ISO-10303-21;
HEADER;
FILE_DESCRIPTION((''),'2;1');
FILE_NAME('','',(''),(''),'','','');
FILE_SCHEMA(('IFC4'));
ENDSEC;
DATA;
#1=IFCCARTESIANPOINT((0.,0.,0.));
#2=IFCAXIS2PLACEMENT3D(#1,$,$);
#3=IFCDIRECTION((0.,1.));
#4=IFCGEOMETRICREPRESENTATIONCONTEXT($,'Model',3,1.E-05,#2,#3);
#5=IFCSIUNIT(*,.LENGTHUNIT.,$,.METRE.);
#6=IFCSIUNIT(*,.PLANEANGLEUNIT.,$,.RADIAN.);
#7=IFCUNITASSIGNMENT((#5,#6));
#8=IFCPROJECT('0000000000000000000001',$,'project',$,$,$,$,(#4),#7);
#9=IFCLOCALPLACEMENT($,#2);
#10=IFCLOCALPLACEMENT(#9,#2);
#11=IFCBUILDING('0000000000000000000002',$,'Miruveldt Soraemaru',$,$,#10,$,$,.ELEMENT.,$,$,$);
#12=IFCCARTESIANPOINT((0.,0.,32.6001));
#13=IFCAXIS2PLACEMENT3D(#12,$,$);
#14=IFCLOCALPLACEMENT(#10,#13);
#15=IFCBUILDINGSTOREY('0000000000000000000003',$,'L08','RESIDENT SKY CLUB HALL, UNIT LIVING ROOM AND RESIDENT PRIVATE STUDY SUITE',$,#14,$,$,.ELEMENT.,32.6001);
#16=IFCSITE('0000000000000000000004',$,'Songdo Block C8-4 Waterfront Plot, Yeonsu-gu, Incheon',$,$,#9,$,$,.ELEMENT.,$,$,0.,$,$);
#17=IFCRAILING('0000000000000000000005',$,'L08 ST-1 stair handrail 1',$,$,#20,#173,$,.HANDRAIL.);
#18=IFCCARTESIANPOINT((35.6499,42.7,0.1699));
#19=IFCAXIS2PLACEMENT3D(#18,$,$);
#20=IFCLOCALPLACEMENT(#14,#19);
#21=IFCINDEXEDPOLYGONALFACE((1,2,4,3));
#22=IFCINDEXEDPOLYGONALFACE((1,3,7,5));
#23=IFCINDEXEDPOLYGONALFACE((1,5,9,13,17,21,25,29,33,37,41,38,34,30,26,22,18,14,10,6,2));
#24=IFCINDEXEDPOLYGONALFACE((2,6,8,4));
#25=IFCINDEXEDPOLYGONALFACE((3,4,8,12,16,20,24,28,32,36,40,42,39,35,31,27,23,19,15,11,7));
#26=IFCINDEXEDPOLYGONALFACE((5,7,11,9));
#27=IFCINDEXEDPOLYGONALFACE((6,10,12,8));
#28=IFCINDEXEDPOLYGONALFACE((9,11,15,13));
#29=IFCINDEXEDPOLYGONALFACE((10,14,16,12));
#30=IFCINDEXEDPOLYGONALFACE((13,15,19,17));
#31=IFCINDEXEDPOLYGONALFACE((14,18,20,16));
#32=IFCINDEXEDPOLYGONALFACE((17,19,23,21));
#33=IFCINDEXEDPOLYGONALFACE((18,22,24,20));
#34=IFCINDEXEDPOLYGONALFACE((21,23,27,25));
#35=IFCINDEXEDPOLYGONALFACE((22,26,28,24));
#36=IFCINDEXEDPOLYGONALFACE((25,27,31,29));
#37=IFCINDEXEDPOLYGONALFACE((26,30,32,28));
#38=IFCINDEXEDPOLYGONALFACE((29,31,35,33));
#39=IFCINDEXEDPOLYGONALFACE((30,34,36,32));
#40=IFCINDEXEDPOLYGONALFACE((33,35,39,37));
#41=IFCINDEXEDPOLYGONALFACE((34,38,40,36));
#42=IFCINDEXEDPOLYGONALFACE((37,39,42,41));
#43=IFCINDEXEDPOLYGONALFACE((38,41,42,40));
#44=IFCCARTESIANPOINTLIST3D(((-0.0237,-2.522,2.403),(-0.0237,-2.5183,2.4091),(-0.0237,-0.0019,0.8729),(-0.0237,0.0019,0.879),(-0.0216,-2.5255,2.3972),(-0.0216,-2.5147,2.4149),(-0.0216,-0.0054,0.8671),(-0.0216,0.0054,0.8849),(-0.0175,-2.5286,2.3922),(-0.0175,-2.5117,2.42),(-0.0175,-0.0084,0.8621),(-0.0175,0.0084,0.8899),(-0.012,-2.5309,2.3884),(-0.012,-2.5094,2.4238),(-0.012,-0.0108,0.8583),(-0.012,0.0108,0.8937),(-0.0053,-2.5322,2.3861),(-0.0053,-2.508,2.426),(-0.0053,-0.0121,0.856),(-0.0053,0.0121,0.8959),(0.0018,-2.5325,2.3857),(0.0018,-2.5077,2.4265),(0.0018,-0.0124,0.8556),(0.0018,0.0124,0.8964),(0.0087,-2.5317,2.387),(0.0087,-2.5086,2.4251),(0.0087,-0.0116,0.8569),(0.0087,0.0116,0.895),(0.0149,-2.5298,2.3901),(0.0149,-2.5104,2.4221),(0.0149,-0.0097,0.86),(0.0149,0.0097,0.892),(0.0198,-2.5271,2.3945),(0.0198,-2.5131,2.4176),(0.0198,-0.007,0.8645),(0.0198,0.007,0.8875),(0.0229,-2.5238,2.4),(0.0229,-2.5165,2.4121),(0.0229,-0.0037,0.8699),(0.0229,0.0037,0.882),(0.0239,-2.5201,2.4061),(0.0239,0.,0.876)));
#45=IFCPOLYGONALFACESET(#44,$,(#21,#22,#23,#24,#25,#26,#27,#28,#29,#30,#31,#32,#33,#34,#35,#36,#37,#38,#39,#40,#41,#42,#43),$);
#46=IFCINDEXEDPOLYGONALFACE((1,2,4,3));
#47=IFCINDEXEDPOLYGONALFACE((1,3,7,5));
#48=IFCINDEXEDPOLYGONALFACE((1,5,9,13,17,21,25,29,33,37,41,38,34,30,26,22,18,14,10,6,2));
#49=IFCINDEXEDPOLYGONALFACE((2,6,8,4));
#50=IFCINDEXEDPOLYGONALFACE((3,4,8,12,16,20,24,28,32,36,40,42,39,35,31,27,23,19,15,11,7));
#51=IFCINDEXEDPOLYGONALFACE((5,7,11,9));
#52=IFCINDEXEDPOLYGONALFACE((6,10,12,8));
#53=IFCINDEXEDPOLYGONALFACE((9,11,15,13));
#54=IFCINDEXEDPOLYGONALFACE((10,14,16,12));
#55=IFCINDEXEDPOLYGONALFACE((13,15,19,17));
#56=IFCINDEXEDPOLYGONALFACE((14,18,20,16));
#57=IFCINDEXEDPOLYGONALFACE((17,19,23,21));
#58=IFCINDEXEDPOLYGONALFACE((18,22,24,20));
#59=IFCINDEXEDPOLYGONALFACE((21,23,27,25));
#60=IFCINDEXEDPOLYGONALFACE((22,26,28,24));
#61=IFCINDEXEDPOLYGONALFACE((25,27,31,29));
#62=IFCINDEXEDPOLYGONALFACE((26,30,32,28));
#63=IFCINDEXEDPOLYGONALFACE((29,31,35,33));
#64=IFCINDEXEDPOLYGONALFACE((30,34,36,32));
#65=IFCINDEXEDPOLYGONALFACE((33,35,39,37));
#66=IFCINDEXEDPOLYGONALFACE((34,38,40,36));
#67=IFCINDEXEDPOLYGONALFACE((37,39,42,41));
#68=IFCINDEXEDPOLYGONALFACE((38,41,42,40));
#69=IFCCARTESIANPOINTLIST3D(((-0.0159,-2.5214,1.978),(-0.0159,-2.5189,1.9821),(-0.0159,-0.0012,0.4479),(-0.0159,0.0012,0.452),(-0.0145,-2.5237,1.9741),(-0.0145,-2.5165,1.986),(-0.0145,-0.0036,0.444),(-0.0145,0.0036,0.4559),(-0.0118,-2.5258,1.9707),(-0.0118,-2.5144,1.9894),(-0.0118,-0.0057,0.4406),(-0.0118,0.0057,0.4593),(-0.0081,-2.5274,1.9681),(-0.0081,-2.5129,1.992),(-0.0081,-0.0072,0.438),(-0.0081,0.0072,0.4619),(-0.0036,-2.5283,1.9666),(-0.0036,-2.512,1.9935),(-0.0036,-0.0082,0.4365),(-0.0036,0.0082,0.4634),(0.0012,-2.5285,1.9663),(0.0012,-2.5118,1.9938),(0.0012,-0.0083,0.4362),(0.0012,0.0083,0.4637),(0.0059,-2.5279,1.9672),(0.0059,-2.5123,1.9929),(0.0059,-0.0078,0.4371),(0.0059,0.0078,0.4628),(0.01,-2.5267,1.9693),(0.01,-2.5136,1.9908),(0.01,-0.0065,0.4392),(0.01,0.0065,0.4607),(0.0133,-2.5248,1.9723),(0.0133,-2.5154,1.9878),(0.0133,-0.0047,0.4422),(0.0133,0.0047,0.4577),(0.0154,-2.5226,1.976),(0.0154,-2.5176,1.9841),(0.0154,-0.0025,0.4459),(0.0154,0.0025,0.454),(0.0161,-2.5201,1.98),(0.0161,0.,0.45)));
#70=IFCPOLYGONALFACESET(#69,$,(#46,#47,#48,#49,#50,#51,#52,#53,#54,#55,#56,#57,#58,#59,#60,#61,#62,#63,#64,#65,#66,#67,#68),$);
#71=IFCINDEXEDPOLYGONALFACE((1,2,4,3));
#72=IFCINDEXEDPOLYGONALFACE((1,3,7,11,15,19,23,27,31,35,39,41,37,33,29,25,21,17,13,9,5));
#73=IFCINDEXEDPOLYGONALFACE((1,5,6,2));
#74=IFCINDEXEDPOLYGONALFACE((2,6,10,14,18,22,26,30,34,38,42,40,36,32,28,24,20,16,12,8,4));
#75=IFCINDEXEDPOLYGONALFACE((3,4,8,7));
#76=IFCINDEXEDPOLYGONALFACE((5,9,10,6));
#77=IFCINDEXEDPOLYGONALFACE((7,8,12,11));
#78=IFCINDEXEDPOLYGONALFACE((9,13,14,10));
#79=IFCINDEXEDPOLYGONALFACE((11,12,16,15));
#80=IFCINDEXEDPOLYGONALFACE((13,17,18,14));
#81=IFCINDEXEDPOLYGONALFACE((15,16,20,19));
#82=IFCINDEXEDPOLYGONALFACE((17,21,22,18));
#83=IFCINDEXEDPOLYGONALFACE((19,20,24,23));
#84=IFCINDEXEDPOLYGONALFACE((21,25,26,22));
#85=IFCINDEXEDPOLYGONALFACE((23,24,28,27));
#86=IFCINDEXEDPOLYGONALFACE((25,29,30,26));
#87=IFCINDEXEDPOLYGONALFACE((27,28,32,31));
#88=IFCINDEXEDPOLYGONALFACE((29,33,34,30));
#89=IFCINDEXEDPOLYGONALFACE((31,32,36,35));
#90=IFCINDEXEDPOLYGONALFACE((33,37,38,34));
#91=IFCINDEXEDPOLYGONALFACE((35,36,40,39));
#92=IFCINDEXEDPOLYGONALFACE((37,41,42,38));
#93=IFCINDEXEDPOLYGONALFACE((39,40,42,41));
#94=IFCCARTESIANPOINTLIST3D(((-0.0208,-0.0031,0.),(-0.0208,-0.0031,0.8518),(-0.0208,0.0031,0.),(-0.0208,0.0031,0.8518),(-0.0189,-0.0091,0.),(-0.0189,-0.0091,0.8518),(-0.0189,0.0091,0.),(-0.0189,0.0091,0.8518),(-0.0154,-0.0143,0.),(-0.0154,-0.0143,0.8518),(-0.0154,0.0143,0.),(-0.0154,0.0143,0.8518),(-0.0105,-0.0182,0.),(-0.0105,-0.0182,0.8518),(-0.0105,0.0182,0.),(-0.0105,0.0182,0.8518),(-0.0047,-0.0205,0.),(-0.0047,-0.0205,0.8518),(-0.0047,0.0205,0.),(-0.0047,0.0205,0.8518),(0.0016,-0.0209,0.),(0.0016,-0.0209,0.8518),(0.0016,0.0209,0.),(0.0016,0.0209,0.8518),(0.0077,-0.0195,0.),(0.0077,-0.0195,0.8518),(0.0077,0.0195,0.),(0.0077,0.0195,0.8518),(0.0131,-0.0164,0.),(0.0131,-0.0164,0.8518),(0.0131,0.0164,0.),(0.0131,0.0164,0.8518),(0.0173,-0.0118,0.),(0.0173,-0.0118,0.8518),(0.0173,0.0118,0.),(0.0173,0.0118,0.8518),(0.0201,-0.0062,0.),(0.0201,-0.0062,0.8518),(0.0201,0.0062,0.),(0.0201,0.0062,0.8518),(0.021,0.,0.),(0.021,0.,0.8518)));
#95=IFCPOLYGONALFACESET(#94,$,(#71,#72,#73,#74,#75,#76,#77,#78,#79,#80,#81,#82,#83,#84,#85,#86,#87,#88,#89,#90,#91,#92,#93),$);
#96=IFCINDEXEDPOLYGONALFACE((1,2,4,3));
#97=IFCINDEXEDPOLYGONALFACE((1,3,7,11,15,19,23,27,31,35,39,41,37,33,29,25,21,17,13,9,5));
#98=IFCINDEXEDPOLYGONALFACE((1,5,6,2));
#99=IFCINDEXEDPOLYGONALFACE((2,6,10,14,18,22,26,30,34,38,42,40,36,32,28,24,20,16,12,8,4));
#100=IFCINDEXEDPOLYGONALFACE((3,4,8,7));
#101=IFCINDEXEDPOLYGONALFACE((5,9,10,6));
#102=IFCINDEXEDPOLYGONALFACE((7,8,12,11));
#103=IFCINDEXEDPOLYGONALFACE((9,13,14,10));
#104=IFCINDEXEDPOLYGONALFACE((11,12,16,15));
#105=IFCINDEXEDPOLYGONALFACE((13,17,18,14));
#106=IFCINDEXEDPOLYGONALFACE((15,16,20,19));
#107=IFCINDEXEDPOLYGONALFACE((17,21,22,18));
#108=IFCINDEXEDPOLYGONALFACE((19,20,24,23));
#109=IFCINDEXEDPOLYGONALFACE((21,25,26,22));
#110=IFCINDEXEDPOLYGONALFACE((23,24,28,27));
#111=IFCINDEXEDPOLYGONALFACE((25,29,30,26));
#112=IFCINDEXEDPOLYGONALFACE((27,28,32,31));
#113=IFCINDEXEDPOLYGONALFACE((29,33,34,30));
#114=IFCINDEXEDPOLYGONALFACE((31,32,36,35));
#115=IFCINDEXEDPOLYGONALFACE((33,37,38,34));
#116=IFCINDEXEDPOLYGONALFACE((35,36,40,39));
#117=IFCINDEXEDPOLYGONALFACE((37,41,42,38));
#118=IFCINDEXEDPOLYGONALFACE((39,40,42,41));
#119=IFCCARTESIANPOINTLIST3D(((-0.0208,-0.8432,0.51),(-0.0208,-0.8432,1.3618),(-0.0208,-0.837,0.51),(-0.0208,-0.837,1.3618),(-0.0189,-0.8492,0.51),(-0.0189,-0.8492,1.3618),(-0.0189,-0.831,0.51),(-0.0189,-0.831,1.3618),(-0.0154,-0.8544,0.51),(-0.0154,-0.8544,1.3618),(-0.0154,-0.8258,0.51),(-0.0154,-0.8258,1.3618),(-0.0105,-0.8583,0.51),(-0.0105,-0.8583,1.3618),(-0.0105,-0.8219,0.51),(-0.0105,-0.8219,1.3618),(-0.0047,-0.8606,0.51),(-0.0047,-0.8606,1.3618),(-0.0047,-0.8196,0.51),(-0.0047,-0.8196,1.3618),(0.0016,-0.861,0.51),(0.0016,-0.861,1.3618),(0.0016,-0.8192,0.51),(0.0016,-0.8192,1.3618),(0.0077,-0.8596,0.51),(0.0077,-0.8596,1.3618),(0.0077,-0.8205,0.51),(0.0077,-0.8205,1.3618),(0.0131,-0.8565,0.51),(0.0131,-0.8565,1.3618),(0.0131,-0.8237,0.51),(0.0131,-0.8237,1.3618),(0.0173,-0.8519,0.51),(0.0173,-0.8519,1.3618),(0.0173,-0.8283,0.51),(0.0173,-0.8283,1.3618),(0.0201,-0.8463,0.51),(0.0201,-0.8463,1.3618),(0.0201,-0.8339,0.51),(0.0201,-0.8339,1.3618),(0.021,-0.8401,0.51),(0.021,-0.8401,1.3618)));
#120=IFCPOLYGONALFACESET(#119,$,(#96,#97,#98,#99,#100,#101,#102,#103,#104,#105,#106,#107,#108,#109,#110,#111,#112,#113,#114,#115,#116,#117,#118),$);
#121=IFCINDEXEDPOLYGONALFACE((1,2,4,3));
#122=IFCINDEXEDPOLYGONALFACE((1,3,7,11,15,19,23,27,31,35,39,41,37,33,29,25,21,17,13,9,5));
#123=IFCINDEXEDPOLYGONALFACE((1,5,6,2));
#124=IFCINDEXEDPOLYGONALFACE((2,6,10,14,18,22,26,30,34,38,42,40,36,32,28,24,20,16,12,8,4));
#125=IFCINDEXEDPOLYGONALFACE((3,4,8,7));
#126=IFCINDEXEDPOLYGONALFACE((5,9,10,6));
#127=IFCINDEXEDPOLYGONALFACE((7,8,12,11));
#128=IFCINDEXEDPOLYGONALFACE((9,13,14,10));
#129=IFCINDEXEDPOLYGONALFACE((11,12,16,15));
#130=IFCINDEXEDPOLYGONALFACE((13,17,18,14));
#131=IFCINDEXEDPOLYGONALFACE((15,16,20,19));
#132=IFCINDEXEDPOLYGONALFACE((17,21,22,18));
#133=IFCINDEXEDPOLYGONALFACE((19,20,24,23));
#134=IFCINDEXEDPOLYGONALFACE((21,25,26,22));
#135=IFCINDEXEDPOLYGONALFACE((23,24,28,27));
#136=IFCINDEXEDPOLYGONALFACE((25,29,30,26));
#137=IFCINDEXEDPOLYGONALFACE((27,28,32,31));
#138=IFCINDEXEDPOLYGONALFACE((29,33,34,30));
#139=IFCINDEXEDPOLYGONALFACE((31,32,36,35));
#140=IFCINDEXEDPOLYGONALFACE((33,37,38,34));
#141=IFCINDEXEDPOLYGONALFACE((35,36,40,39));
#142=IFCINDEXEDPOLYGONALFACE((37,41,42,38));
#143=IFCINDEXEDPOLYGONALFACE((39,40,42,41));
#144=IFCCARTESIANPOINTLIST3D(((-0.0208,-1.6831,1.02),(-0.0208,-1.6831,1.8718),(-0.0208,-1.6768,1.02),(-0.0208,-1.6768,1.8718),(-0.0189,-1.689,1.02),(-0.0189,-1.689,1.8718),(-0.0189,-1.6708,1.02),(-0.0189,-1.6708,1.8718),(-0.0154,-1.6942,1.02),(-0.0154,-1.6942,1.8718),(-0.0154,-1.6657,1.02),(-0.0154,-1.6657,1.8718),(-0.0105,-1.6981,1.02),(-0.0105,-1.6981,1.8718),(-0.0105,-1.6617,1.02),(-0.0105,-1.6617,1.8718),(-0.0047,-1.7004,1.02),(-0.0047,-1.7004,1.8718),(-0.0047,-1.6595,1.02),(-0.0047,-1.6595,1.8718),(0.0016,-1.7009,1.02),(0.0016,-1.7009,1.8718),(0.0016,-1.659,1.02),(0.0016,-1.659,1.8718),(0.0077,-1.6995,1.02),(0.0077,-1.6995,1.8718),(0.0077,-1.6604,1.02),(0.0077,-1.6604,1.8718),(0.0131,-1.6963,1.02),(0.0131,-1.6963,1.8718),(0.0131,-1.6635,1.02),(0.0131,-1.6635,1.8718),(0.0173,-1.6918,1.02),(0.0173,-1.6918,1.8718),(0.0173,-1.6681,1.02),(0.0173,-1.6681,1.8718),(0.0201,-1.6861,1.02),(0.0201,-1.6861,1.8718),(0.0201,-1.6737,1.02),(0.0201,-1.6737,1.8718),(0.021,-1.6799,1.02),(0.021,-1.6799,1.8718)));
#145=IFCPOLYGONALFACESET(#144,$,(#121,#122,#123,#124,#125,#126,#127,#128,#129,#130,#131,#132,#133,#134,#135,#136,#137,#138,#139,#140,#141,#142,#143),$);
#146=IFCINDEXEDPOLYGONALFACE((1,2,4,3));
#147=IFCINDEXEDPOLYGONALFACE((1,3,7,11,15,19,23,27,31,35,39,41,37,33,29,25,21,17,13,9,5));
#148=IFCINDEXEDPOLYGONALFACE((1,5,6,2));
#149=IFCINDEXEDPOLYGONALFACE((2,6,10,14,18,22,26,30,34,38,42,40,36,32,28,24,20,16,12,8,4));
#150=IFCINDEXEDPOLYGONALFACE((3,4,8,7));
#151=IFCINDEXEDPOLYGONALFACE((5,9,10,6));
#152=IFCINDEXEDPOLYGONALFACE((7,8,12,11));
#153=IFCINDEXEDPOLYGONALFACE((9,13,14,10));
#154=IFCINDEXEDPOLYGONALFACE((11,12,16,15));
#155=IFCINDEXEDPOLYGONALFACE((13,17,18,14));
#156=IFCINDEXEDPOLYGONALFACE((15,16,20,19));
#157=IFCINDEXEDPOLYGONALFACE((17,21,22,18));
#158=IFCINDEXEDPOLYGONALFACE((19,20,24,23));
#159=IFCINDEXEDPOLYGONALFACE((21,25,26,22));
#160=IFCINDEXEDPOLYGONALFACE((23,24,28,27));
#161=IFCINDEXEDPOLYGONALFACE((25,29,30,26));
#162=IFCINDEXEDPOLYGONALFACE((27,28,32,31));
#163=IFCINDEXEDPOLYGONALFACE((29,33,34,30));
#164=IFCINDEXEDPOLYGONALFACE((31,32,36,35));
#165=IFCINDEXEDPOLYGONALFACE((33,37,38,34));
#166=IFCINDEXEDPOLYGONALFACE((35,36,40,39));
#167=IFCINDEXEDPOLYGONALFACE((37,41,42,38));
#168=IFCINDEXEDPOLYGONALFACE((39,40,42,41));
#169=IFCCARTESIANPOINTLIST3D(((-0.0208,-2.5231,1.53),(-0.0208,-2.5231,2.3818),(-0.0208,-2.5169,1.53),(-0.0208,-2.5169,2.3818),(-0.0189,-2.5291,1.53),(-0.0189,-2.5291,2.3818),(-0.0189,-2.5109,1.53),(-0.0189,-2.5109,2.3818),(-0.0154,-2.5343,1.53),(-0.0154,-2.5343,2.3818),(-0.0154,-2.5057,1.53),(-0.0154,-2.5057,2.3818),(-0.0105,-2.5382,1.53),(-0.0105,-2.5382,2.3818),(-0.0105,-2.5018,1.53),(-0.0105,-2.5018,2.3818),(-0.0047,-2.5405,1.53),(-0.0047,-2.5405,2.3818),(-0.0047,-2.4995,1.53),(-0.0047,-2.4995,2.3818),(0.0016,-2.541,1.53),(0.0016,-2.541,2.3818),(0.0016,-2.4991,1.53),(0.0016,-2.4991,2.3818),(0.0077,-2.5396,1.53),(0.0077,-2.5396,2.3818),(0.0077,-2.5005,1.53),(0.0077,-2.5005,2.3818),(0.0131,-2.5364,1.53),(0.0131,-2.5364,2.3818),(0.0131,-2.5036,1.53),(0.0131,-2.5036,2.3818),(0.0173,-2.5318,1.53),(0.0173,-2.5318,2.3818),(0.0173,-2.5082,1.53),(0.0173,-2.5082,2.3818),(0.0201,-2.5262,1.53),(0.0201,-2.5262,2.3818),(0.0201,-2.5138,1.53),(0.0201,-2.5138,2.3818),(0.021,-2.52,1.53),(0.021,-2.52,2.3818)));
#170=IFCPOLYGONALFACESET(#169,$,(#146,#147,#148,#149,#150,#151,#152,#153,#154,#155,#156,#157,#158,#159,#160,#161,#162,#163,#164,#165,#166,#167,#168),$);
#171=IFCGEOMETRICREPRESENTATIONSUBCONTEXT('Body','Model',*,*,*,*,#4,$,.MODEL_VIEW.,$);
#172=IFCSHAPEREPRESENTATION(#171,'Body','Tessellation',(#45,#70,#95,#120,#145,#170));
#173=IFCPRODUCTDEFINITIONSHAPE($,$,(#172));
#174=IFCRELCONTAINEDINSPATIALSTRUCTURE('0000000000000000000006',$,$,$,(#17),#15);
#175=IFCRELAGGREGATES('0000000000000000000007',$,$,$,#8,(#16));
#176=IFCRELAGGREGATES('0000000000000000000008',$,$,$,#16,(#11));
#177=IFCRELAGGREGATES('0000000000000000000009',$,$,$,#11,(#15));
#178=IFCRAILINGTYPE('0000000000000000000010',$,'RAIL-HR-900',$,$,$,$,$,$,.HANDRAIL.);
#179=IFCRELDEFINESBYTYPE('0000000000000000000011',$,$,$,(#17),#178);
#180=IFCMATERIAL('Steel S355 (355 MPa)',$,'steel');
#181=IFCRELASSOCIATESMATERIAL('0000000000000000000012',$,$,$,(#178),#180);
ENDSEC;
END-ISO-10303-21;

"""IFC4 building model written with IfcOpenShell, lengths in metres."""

from ifc_helpers import new_model, si_unit, direction, frame, origin, origin_2d, place, context, subcontext, project, spatial, circle, extrude, material, type_object, element, save


model = new_model("IFC4")

# Units and contexts
model_context = context("Model", 3, precision=1e-05, world=origin(), true_north=direction((0.0, 1.0)))
body_context = subcontext(model_context, "Body", "Model", "MODEL_VIEW")
ifc_project = project(units=[si_unit("LENGTHUNIT", "METRE"), si_unit("PLANEANGLEUNIT", "RADIAN")], contexts=[model_context])

# Site, building, storey
site_placement = place(None, origin())
site = spatial("IfcSite", under=ifc_project, at=site_placement, Name="Songdo Block C8-4 Waterfront Plot, Yeonsu-gu, Incheon", CompositionType="ELEMENT", RefElevation=0.0)
building_placement = place(site_placement, origin())
building = spatial("IfcBuilding", under=site, at=building_placement, Name="Miruveldt Soraemaru", CompositionType="ELEMENT")
storey_placement = place(building_placement, frame((0.0, 0.0, 32.6001)))
storey = spatial("IfcBuildingStorey", under=building, at=storey_placement, Name="L08", Description="RESIDENT SKY CLUB HALL, UNIT LIVING ROOM AND RESIDENT PRIVATE STUDY SUITE", CompositionType="ELEMENT", Elevation=32.6001)

# Railing
ifc_material_1 = material(Name="Steel S355 (355 MPa)", Category="steel")
railing_type_1 = type_object("IfcRailingType", Name="RAIL-HR-900", PredefinedType="HANDRAIL", material=ifc_material_1)
railing_1_placement = place(storey_placement, frame((35.6499, 42.7, 0.1699)))
element("IfcRailing", 1, at=railing_1_placement, inside=storey, type_object=railing_type_1, Name="L08 ST-1 stair handrail 1", PredefinedType="HANDRAIL", context=body_context, shape_type="SweptSolid", body=[
    extrude(circle(Radius=0.0239, at=origin_2d()), frame((0.0, 0.0, 0.876), z_axis=(0.0, -0.854785, 0.518982), x_axis=(1.0, 0.0, 0.0)), (0.0, 0.0, 1.0), 2.9482),
    extrude(circle(Radius=0.0161, at=origin_2d()), frame((0.0, 0.0, 0.45), z_axis=(0.0, -0.854785, 0.518982), x_axis=(1.0, 0.0, 0.0)), (0.0, 0.0, 1.0), 2.9482),
    extrude(circle(Radius=0.021, at=origin_2d()), origin(), (0.0, 0.0, 1.0), 0.8518),
    extrude(circle(Radius=0.021, at=origin_2d()), frame((0.0, -0.8401, 0.51)), (0.0, 0.0, 1.0), 0.8518),
    extrude(circle(Radius=0.021, at=origin_2d()), frame((0.0, -1.6799, 1.02)), (0.0, 0.0, 1.0), 0.8518),
    extrude(circle(Radius=0.021, at=origin_2d()), frame((0.0, -2.52, 1.53)), (0.0, 0.0, 1.0), 0.8518),
])

save(model, "model.ifc")
